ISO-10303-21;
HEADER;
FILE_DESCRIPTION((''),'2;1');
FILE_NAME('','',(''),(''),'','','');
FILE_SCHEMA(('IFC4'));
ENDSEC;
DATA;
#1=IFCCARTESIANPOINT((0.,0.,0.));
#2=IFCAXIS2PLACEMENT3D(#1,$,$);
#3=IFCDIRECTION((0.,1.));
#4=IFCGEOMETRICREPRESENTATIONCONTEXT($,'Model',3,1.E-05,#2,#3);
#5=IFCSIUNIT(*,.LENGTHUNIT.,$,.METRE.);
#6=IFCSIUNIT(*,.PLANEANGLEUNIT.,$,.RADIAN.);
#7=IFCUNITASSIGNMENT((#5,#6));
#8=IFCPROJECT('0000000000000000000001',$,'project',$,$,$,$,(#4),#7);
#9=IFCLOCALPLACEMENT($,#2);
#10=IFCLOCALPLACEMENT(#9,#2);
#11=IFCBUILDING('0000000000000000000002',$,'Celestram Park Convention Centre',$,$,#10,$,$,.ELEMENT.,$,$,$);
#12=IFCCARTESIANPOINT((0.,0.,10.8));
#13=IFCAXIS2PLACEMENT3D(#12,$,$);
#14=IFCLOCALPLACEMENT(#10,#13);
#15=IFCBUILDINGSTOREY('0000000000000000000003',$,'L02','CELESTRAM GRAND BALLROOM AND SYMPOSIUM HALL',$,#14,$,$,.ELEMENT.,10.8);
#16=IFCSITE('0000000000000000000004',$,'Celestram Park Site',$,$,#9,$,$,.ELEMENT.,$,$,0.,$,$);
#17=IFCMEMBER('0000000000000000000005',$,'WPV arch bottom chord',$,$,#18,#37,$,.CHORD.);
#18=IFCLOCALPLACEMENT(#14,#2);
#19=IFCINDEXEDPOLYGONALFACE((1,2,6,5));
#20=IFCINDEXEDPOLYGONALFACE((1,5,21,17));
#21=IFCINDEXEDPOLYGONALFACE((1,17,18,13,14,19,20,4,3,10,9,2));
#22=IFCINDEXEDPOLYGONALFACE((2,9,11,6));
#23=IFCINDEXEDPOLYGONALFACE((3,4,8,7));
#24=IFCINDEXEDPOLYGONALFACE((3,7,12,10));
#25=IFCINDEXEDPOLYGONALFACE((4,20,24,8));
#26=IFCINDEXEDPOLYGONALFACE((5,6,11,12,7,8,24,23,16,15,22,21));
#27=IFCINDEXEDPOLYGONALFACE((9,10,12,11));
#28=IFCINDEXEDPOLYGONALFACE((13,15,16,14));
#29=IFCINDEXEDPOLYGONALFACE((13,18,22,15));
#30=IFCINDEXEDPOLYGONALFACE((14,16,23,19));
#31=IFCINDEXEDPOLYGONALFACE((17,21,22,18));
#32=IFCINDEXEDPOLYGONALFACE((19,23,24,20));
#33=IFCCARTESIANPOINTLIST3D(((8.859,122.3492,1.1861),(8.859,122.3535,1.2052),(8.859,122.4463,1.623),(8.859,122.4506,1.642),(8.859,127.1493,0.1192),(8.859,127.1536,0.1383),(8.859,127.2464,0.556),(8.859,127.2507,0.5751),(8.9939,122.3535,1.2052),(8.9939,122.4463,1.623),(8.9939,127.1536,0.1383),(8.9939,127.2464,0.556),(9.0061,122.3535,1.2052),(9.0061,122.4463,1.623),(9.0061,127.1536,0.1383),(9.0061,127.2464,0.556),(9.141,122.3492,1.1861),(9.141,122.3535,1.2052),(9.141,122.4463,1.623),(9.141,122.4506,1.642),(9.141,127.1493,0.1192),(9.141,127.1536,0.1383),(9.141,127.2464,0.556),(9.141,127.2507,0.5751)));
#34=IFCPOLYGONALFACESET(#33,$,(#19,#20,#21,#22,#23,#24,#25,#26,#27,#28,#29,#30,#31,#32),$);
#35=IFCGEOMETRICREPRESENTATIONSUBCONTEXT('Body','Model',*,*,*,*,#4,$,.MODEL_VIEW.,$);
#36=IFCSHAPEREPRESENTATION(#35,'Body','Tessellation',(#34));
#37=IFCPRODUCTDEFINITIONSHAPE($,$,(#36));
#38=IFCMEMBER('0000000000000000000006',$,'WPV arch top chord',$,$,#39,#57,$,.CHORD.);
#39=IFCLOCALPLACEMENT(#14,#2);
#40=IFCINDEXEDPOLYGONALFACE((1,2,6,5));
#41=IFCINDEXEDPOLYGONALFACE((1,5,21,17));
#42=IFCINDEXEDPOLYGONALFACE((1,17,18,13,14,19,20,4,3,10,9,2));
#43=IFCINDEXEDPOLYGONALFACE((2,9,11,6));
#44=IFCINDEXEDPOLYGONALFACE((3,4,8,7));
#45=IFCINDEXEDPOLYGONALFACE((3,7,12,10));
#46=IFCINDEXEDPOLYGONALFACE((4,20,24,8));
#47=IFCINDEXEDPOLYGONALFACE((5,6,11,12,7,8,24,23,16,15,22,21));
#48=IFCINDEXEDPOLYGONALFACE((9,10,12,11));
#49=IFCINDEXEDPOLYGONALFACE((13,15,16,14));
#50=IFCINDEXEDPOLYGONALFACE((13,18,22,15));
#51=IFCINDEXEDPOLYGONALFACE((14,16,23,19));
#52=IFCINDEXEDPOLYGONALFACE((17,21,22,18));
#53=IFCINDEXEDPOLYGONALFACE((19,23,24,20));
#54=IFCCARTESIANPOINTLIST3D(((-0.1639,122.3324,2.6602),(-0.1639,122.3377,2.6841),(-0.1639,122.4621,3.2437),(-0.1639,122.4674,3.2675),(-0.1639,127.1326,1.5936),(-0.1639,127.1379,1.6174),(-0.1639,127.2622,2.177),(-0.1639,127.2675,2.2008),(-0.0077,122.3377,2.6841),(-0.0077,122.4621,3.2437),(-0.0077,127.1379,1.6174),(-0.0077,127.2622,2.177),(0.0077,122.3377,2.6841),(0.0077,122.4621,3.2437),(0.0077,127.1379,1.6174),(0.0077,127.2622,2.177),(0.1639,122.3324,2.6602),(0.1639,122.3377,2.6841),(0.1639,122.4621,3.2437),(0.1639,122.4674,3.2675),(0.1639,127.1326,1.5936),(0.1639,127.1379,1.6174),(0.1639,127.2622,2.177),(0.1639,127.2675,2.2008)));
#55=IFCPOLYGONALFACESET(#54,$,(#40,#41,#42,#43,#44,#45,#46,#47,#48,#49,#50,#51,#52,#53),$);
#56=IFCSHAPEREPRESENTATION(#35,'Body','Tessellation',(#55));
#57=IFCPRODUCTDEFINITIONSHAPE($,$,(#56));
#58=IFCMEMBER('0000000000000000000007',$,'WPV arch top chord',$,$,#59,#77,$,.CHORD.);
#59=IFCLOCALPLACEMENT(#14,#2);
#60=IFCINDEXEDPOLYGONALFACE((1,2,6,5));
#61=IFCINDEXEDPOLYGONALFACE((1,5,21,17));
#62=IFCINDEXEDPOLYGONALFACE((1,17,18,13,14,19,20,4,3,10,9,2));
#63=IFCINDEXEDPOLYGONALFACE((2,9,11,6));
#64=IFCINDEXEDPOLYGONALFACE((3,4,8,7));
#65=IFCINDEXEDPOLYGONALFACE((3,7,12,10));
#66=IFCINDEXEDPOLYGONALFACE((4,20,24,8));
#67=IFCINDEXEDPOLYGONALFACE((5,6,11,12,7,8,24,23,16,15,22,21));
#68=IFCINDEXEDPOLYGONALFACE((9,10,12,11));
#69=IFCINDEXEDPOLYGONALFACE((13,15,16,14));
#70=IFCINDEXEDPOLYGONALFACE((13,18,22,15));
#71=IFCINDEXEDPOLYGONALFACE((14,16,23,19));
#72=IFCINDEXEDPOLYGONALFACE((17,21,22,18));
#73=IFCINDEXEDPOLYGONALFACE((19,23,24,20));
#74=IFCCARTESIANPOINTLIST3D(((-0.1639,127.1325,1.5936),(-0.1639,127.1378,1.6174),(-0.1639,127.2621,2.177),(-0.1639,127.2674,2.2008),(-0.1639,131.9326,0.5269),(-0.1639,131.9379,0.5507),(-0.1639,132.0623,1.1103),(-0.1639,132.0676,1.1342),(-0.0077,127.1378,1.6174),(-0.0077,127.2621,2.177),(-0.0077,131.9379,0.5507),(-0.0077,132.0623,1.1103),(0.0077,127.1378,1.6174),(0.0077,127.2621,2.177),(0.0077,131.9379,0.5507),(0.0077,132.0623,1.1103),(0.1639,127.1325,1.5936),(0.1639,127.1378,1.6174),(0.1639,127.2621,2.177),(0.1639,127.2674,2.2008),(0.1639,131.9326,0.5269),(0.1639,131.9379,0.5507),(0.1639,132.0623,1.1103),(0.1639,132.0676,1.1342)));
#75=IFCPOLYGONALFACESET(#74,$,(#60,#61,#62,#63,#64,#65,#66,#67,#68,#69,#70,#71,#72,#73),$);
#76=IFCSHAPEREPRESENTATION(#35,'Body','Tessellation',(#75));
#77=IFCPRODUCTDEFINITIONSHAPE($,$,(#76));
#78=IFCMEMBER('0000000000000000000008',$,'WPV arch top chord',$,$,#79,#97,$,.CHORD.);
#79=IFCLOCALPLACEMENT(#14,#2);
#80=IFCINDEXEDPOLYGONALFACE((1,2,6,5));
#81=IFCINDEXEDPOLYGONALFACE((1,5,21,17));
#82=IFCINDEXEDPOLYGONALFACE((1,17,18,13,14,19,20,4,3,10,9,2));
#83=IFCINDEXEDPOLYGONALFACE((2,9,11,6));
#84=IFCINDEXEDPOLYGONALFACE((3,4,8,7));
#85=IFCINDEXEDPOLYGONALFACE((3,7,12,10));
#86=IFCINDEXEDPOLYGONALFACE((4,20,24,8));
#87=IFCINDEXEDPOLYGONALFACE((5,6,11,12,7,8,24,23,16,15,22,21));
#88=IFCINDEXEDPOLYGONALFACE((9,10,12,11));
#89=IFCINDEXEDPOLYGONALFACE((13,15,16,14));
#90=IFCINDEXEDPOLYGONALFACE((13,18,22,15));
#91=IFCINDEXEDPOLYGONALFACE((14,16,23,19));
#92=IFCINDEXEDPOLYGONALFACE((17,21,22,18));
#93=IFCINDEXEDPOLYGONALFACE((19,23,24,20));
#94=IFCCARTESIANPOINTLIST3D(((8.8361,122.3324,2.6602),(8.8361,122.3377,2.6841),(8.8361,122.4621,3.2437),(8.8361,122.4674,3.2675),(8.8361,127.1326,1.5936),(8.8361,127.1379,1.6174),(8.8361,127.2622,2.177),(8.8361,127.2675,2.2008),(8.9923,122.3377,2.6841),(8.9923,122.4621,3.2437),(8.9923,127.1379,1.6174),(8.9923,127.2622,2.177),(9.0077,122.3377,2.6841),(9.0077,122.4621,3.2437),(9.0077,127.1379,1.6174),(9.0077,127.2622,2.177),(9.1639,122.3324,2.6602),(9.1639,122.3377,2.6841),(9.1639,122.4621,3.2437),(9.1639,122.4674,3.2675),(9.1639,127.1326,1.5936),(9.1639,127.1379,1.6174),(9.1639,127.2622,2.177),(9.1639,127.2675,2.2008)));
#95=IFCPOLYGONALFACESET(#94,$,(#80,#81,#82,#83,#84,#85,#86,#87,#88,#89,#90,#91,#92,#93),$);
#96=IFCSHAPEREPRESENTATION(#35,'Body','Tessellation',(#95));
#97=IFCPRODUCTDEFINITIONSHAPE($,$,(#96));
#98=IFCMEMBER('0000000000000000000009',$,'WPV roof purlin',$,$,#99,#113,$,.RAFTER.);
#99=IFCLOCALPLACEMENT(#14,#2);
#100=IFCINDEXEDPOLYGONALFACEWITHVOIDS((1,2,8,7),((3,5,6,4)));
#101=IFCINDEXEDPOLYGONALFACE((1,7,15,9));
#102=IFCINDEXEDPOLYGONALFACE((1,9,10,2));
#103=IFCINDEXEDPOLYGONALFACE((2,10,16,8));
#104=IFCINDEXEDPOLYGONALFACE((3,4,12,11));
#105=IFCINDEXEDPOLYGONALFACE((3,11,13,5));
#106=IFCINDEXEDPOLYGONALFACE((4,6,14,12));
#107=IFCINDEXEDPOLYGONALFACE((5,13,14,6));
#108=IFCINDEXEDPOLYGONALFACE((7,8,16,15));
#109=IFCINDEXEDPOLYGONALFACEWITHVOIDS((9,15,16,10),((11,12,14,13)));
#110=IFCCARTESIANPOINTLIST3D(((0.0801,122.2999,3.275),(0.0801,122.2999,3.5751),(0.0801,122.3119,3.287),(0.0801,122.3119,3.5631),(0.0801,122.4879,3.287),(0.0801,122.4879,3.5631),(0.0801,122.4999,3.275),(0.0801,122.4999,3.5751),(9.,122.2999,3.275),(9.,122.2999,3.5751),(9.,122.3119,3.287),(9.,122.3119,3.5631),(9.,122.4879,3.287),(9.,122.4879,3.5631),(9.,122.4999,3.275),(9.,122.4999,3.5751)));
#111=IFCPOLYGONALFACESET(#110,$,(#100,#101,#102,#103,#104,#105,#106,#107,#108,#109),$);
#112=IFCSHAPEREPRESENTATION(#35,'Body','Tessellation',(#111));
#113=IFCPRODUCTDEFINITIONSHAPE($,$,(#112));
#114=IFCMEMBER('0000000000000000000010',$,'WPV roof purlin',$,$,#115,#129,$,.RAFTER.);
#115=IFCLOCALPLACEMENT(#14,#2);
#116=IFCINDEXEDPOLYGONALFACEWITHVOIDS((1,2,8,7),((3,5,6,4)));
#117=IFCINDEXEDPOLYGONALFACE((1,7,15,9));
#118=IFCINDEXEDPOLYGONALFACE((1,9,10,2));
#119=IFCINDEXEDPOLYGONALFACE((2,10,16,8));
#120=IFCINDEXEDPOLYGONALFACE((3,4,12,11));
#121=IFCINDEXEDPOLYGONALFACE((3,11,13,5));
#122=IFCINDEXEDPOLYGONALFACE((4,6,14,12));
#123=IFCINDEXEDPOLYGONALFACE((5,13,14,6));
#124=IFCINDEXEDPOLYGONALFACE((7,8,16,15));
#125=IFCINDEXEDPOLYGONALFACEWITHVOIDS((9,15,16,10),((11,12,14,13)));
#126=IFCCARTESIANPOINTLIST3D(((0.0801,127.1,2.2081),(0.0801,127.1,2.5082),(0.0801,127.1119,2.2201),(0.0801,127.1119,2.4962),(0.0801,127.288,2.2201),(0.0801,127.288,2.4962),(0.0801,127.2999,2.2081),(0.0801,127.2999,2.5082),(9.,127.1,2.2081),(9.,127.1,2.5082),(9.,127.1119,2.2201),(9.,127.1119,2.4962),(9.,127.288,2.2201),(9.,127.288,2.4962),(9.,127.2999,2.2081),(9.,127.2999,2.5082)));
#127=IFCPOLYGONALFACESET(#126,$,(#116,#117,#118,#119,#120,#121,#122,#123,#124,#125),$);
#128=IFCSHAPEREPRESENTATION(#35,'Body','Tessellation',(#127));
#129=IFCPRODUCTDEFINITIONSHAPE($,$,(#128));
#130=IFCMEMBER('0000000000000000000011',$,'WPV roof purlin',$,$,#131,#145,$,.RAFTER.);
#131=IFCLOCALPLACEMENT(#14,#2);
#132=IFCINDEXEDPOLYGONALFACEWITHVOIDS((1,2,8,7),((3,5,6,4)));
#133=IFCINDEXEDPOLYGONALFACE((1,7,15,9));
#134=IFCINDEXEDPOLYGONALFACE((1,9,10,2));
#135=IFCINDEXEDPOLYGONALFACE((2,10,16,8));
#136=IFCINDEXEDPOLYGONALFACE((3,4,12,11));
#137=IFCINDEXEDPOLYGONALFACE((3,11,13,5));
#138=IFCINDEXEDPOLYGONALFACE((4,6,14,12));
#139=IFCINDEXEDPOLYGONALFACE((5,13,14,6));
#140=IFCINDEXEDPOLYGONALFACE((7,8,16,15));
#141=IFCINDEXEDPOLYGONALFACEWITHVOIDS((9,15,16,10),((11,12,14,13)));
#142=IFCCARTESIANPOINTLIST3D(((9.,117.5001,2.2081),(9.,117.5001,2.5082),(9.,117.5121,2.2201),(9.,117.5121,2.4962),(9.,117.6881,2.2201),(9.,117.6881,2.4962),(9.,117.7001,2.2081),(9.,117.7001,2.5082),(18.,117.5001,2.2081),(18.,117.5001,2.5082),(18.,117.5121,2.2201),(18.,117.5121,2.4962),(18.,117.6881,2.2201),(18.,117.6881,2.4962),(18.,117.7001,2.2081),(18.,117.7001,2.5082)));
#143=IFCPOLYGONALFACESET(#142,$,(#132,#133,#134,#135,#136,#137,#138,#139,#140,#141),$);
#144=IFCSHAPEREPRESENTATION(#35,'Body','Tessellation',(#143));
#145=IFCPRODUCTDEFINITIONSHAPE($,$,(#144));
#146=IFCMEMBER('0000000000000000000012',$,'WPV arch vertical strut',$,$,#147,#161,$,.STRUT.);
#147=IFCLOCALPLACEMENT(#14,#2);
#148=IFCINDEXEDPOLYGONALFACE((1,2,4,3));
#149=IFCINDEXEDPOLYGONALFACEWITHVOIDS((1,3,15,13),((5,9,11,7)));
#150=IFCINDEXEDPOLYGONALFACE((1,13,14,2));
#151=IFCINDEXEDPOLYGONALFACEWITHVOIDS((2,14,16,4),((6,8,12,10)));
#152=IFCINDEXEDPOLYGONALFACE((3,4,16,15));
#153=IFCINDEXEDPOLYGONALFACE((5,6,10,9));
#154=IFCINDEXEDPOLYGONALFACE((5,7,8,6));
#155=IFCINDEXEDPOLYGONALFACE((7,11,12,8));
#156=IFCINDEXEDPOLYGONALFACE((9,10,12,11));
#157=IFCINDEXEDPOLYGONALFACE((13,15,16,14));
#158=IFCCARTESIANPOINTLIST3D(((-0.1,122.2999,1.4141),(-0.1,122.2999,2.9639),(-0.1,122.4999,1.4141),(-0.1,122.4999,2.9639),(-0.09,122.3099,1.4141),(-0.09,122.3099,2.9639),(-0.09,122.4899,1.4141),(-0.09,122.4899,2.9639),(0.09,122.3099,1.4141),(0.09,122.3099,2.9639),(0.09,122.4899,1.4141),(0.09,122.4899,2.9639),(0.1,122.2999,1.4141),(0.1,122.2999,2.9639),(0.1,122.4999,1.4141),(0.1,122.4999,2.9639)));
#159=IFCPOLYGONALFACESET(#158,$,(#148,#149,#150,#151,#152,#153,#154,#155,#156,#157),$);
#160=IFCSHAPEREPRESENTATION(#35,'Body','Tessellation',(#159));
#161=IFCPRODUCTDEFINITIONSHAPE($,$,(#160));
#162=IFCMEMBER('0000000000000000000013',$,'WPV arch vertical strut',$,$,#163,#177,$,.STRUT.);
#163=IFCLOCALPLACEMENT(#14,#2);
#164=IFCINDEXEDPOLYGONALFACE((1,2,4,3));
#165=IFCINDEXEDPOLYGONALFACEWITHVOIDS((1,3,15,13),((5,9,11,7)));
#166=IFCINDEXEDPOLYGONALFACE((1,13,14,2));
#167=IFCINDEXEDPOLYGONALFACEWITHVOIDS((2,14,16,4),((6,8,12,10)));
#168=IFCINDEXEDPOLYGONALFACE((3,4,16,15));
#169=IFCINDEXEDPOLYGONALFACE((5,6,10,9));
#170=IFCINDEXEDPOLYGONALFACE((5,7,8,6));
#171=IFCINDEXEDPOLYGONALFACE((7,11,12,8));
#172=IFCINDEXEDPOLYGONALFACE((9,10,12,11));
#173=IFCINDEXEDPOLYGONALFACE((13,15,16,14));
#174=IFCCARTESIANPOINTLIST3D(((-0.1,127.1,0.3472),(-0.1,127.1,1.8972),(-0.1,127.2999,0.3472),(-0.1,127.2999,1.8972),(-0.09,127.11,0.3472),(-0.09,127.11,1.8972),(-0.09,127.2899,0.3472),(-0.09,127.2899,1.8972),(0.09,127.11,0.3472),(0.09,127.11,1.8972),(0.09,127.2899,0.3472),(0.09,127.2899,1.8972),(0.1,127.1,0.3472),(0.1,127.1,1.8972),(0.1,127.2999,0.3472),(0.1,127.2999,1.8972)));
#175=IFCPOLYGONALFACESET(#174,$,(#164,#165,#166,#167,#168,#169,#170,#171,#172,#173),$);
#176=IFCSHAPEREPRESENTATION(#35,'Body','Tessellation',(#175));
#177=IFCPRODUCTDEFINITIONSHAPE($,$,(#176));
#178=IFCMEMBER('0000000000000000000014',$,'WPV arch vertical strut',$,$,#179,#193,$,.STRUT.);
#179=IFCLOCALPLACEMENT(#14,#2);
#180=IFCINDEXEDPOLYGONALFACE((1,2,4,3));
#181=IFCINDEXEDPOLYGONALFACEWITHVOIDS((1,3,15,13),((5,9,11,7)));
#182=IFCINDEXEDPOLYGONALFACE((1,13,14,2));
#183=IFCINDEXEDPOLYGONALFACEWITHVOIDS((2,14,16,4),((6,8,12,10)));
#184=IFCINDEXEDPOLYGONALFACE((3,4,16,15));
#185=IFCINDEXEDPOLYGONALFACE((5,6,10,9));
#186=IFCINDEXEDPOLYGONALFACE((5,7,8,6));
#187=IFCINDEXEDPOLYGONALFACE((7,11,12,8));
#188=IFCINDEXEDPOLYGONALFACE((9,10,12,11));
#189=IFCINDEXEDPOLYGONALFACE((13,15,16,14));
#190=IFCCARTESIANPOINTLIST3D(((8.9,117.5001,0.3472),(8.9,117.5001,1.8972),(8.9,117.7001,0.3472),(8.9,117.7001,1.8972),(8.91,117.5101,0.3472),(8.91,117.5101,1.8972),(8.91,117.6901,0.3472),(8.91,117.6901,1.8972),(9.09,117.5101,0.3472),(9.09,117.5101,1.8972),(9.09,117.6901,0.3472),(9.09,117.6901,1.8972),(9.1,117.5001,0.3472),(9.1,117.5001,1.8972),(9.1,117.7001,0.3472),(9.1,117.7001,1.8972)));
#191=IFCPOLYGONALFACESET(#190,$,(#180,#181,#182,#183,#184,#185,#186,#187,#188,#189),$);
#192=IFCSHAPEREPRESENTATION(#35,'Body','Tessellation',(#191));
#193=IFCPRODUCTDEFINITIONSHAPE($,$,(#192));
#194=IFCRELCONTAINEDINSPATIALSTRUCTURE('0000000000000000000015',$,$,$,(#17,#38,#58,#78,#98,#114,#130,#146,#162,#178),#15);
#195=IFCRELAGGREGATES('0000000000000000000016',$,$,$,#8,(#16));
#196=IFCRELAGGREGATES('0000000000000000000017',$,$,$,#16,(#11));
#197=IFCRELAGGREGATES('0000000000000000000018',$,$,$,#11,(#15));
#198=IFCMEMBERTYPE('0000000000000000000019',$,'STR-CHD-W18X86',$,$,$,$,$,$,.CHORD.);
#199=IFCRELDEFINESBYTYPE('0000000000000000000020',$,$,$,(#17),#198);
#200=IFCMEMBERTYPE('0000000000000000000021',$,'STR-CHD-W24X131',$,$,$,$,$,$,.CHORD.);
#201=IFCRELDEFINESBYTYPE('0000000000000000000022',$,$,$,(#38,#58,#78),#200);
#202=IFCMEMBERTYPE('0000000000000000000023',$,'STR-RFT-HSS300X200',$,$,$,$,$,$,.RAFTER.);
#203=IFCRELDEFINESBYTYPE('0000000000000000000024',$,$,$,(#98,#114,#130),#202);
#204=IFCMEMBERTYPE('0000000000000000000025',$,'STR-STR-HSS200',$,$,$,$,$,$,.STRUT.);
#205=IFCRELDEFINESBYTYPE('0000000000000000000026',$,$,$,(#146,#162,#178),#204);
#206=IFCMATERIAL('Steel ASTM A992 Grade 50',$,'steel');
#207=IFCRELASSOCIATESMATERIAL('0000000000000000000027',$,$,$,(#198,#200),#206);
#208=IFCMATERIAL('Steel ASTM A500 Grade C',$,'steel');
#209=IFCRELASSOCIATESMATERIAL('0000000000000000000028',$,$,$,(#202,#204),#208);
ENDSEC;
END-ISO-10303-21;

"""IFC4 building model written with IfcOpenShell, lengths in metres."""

from ifc_helpers import new_model, si_unit, direction, frame, origin, origin_2d, place, context, subcontext, project, spatial, hollow_rectangle, i_section, extrude, material, material_profile, profile_set, type_object, element, save


model = new_model("IFC4")

# Units and contexts
model_context = context("Model", 3, precision=1e-05, world=origin(), true_north=direction((0.0, 1.0)))
body_context = subcontext(model_context, "Body", "Model", "MODEL_VIEW")
ifc_project = project(units=[si_unit("LENGTHUNIT", "METRE"), si_unit("PLANEANGLEUNIT", "RADIAN")], contexts=[model_context])

# Site, building, storey
site_placement = place(None, origin())
site = spatial("IfcSite", under=ifc_project, at=site_placement, Name="Celestram Park Site", CompositionType="ELEMENT", RefElevation=0.0)
building_placement = place(site_placement, origin())
building = spatial("IfcBuilding", under=site, at=building_placement, Name="Celestram Park Convention Centre", CompositionType="ELEMENT")
storey_placement = place(building_placement, frame((0.0, 0.0, 10.8)))
storey = spatial("IfcBuildingStorey", under=building, at=storey_placement, Name="L02", Description="CELESTRAM GRAND BALLROOM AND SYMPOSIUM HALL", CompositionType="ELEMENT", Elevation=10.8)

# Members
ifc_material_1 = material(Name="Steel ASTM A500 Grade C", Category="steel")
ifc_material_2 = material(Name="Steel ASTM A992 Grade 50", Category="steel")
ifc_material_profile_1 = material_profile(ifc_material_2, i_section(OverallWidth=0.282, OverallDepth=0.467, WebThickness=0.0122, FlangeThickness=0.0195, at=origin_2d()), Name="W18X86")
ifc_profile_set_1 = profile_set([ifc_material_profile_1], Name="Steel ASTM A992 Grade 50")
member_type_1 = type_object("IfcMemberType", Name="STR-CHD-W18X86", PredefinedType="CHORD", material=ifc_profile_set_1)
for number, where, z_axis, x_axis, name in (
    (1, (9.0, 122.3999, 1.4141), (0.0, 0.976178, -0.216973), (-1.0, 0.0, 0.0), "WPV arch bottom chord"),
):
    element("IfcMember", number, at=place(storey_placement, frame(where, z_axis=z_axis, x_axis=x_axis)), inside=storey, type_object=member_type_1, Name=name, PredefinedType="CHORD", context=body_context, shape_type="SweptSolid", body=[
        extrude(i_section(OverallWidth=0.282, OverallDepth=0.467, WebThickness=0.0122, FlangeThickness=0.0195, at=origin_2d()), origin(), (0.0, 0.0, 1.0), 4.9172),
    ])
ifc_material_profile_2 = material_profile(ifc_material_2, i_section(OverallWidth=0.3279, OverallDepth=0.6221, WebThickness=0.0154, FlangeThickness=0.0244, at=origin_2d()), Name="W24X131")
ifc_profile_set_2 = profile_set([ifc_material_profile_2], Name="Steel ASTM A992 Grade 50")
member_type_2 = type_object("IfcMemberType", Name="STR-CHD-W24X131", PredefinedType="CHORD", material=ifc_profile_set_2)
for number, where, z_axis, x_axis, name in (
    (2, (0.0, 122.3999, 2.9639), (0.0, 0.976188, -0.216925), (-1.0, 0.0, 0.0), "WPV arch top chord"),
    (3, (0.0, 127.2, 1.8972), (0.0, 0.976188, -0.216925), (-1.0, 0.0, 0.0), "WPV arch top chord"),
    (4, (9.0, 122.3999, 2.9639), (0.0, 0.976188, -0.216925), (-1.0, 0.0, 0.0), "WPV arch top chord"),
):
    element("IfcMember", number, at=place(storey_placement, frame(where, z_axis=z_axis, x_axis=x_axis)), inside=storey, type_object=member_type_2, Name=name, PredefinedType="CHORD", context=body_context, shape_type="SweptSolid", body=[
        extrude(i_section(OverallWidth=0.3279, OverallDepth=0.6221, WebThickness=0.0154, FlangeThickness=0.0244, at=origin_2d()), origin(), (0.0, 0.0, 1.0), 4.9172),
    ])
ifc_material_profile_3 = material_profile(ifc_material_1, hollow_rectangle(XDim=0.2, YDim=0.3, WallThickness=0.012, at=origin_2d()), Name="HSS300X200X12")
ifc_profile_set_3 = profile_set([ifc_material_profile_3], Name="Steel ASTM A500 Grade C")
member_type_3 = type_object("IfcMemberType", Name="STR-RFT-HSS300X200", PredefinedType="RAFTER", material=ifc_profile_set_3)
for number, where, z_axis, x_axis, name in (
    (5, (0.0801, 122.3999, 3.425), (1.0, 0.0, 0.0), (0.0, 1.0, 0.0), "WPV roof purlin"),
    (6, (0.0801, 127.2, 2.3582), (1.0, 0.0, 0.0), (0.0, 1.0, 0.0), "WPV roof purlin"),
):
    element("IfcMember", number, at=place(storey_placement, frame(where, z_axis=z_axis, x_axis=x_axis)), inside=storey, type_object=member_type_3, Name=name, PredefinedType="RAFTER", context=body_context, shape_type="SweptSolid", body=[
        extrude(hollow_rectangle(XDim=0.2, YDim=0.3, WallThickness=0.012, at=origin_2d()), origin(), (0.0, 0.0, 1.0), 8.9199),
    ])
member_1_placement = place(storey_placement, frame((9.0, 117.6001, 2.3582), z_axis=(1.0, 0.0, 0.0), x_axis=(0.0, 1.0, 0.0)))
element("IfcMember", 7, at=member_1_placement, inside=storey, type_object=member_type_3, Name="WPV roof purlin", PredefinedType="RAFTER", context=body_context, shape_type="SweptSolid", body=[
    extrude(hollow_rectangle(XDim=0.2, YDim=0.3, WallThickness=0.012, at=origin_2d()), origin(), (0.0, 0.0, 1.0), 9.0),
])
ifc_material_profile_4 = material_profile(ifc_material_1, hollow_rectangle(XDim=0.2, YDim=0.2, WallThickness=0.01, at=origin_2d()), Name="HSS200X200X10")
ifc_profile_set_4 = profile_set([ifc_material_profile_4], Name="Steel ASTM A500 Grade C")
member_type_4 = type_object("IfcMemberType", Name="STR-STR-HSS200", PredefinedType="STRUT", material=ifc_profile_set_4)
member_2_placement = place(storey_placement, frame((0.0, 122.3999, 1.4141), z_axis=(0.0, 0.0, 1.0), x_axis=(1.0, 0.0, 0.0)))
element("IfcMember", 8, at=member_2_placement, inside=storey, type_object=member_type_4, Name="WPV arch vertical strut", PredefinedType="STRUT", context=body_context, shape_type="SweptSolid", body=[
    extrude(hollow_rectangle(XDim=0.2, YDim=0.2, WallThickness=0.01, at=origin_2d()), origin(), (0.0, 0.0, 1.0), 1.5498),
])
for number, where, z_axis, x_axis, name in (
    (9, (0.0, 127.2, 0.3472), (0.0, 0.0, 1.0), (1.0, 0.0, 0.0), "WPV arch vertical strut"),
    (10, (9.0, 117.6001, 0.3472), (0.0, 0.0, 1.0), (1.0, 0.0, 0.0), "WPV arch vertical strut"),
):
    element("IfcMember", number, at=place(storey_placement, frame(where, z_axis=z_axis, x_axis=x_axis)), inside=storey, type_object=member_type_4, Name=name, PredefinedType="STRUT", context=body_context, shape_type="SweptSolid", body=[
        extrude(hollow_rectangle(XDim=0.2, YDim=0.2, WallThickness=0.01, at=origin_2d()), origin(), (0.0, 0.0, 1.0), 1.55),
    ])

save(model, "model.ifc")
